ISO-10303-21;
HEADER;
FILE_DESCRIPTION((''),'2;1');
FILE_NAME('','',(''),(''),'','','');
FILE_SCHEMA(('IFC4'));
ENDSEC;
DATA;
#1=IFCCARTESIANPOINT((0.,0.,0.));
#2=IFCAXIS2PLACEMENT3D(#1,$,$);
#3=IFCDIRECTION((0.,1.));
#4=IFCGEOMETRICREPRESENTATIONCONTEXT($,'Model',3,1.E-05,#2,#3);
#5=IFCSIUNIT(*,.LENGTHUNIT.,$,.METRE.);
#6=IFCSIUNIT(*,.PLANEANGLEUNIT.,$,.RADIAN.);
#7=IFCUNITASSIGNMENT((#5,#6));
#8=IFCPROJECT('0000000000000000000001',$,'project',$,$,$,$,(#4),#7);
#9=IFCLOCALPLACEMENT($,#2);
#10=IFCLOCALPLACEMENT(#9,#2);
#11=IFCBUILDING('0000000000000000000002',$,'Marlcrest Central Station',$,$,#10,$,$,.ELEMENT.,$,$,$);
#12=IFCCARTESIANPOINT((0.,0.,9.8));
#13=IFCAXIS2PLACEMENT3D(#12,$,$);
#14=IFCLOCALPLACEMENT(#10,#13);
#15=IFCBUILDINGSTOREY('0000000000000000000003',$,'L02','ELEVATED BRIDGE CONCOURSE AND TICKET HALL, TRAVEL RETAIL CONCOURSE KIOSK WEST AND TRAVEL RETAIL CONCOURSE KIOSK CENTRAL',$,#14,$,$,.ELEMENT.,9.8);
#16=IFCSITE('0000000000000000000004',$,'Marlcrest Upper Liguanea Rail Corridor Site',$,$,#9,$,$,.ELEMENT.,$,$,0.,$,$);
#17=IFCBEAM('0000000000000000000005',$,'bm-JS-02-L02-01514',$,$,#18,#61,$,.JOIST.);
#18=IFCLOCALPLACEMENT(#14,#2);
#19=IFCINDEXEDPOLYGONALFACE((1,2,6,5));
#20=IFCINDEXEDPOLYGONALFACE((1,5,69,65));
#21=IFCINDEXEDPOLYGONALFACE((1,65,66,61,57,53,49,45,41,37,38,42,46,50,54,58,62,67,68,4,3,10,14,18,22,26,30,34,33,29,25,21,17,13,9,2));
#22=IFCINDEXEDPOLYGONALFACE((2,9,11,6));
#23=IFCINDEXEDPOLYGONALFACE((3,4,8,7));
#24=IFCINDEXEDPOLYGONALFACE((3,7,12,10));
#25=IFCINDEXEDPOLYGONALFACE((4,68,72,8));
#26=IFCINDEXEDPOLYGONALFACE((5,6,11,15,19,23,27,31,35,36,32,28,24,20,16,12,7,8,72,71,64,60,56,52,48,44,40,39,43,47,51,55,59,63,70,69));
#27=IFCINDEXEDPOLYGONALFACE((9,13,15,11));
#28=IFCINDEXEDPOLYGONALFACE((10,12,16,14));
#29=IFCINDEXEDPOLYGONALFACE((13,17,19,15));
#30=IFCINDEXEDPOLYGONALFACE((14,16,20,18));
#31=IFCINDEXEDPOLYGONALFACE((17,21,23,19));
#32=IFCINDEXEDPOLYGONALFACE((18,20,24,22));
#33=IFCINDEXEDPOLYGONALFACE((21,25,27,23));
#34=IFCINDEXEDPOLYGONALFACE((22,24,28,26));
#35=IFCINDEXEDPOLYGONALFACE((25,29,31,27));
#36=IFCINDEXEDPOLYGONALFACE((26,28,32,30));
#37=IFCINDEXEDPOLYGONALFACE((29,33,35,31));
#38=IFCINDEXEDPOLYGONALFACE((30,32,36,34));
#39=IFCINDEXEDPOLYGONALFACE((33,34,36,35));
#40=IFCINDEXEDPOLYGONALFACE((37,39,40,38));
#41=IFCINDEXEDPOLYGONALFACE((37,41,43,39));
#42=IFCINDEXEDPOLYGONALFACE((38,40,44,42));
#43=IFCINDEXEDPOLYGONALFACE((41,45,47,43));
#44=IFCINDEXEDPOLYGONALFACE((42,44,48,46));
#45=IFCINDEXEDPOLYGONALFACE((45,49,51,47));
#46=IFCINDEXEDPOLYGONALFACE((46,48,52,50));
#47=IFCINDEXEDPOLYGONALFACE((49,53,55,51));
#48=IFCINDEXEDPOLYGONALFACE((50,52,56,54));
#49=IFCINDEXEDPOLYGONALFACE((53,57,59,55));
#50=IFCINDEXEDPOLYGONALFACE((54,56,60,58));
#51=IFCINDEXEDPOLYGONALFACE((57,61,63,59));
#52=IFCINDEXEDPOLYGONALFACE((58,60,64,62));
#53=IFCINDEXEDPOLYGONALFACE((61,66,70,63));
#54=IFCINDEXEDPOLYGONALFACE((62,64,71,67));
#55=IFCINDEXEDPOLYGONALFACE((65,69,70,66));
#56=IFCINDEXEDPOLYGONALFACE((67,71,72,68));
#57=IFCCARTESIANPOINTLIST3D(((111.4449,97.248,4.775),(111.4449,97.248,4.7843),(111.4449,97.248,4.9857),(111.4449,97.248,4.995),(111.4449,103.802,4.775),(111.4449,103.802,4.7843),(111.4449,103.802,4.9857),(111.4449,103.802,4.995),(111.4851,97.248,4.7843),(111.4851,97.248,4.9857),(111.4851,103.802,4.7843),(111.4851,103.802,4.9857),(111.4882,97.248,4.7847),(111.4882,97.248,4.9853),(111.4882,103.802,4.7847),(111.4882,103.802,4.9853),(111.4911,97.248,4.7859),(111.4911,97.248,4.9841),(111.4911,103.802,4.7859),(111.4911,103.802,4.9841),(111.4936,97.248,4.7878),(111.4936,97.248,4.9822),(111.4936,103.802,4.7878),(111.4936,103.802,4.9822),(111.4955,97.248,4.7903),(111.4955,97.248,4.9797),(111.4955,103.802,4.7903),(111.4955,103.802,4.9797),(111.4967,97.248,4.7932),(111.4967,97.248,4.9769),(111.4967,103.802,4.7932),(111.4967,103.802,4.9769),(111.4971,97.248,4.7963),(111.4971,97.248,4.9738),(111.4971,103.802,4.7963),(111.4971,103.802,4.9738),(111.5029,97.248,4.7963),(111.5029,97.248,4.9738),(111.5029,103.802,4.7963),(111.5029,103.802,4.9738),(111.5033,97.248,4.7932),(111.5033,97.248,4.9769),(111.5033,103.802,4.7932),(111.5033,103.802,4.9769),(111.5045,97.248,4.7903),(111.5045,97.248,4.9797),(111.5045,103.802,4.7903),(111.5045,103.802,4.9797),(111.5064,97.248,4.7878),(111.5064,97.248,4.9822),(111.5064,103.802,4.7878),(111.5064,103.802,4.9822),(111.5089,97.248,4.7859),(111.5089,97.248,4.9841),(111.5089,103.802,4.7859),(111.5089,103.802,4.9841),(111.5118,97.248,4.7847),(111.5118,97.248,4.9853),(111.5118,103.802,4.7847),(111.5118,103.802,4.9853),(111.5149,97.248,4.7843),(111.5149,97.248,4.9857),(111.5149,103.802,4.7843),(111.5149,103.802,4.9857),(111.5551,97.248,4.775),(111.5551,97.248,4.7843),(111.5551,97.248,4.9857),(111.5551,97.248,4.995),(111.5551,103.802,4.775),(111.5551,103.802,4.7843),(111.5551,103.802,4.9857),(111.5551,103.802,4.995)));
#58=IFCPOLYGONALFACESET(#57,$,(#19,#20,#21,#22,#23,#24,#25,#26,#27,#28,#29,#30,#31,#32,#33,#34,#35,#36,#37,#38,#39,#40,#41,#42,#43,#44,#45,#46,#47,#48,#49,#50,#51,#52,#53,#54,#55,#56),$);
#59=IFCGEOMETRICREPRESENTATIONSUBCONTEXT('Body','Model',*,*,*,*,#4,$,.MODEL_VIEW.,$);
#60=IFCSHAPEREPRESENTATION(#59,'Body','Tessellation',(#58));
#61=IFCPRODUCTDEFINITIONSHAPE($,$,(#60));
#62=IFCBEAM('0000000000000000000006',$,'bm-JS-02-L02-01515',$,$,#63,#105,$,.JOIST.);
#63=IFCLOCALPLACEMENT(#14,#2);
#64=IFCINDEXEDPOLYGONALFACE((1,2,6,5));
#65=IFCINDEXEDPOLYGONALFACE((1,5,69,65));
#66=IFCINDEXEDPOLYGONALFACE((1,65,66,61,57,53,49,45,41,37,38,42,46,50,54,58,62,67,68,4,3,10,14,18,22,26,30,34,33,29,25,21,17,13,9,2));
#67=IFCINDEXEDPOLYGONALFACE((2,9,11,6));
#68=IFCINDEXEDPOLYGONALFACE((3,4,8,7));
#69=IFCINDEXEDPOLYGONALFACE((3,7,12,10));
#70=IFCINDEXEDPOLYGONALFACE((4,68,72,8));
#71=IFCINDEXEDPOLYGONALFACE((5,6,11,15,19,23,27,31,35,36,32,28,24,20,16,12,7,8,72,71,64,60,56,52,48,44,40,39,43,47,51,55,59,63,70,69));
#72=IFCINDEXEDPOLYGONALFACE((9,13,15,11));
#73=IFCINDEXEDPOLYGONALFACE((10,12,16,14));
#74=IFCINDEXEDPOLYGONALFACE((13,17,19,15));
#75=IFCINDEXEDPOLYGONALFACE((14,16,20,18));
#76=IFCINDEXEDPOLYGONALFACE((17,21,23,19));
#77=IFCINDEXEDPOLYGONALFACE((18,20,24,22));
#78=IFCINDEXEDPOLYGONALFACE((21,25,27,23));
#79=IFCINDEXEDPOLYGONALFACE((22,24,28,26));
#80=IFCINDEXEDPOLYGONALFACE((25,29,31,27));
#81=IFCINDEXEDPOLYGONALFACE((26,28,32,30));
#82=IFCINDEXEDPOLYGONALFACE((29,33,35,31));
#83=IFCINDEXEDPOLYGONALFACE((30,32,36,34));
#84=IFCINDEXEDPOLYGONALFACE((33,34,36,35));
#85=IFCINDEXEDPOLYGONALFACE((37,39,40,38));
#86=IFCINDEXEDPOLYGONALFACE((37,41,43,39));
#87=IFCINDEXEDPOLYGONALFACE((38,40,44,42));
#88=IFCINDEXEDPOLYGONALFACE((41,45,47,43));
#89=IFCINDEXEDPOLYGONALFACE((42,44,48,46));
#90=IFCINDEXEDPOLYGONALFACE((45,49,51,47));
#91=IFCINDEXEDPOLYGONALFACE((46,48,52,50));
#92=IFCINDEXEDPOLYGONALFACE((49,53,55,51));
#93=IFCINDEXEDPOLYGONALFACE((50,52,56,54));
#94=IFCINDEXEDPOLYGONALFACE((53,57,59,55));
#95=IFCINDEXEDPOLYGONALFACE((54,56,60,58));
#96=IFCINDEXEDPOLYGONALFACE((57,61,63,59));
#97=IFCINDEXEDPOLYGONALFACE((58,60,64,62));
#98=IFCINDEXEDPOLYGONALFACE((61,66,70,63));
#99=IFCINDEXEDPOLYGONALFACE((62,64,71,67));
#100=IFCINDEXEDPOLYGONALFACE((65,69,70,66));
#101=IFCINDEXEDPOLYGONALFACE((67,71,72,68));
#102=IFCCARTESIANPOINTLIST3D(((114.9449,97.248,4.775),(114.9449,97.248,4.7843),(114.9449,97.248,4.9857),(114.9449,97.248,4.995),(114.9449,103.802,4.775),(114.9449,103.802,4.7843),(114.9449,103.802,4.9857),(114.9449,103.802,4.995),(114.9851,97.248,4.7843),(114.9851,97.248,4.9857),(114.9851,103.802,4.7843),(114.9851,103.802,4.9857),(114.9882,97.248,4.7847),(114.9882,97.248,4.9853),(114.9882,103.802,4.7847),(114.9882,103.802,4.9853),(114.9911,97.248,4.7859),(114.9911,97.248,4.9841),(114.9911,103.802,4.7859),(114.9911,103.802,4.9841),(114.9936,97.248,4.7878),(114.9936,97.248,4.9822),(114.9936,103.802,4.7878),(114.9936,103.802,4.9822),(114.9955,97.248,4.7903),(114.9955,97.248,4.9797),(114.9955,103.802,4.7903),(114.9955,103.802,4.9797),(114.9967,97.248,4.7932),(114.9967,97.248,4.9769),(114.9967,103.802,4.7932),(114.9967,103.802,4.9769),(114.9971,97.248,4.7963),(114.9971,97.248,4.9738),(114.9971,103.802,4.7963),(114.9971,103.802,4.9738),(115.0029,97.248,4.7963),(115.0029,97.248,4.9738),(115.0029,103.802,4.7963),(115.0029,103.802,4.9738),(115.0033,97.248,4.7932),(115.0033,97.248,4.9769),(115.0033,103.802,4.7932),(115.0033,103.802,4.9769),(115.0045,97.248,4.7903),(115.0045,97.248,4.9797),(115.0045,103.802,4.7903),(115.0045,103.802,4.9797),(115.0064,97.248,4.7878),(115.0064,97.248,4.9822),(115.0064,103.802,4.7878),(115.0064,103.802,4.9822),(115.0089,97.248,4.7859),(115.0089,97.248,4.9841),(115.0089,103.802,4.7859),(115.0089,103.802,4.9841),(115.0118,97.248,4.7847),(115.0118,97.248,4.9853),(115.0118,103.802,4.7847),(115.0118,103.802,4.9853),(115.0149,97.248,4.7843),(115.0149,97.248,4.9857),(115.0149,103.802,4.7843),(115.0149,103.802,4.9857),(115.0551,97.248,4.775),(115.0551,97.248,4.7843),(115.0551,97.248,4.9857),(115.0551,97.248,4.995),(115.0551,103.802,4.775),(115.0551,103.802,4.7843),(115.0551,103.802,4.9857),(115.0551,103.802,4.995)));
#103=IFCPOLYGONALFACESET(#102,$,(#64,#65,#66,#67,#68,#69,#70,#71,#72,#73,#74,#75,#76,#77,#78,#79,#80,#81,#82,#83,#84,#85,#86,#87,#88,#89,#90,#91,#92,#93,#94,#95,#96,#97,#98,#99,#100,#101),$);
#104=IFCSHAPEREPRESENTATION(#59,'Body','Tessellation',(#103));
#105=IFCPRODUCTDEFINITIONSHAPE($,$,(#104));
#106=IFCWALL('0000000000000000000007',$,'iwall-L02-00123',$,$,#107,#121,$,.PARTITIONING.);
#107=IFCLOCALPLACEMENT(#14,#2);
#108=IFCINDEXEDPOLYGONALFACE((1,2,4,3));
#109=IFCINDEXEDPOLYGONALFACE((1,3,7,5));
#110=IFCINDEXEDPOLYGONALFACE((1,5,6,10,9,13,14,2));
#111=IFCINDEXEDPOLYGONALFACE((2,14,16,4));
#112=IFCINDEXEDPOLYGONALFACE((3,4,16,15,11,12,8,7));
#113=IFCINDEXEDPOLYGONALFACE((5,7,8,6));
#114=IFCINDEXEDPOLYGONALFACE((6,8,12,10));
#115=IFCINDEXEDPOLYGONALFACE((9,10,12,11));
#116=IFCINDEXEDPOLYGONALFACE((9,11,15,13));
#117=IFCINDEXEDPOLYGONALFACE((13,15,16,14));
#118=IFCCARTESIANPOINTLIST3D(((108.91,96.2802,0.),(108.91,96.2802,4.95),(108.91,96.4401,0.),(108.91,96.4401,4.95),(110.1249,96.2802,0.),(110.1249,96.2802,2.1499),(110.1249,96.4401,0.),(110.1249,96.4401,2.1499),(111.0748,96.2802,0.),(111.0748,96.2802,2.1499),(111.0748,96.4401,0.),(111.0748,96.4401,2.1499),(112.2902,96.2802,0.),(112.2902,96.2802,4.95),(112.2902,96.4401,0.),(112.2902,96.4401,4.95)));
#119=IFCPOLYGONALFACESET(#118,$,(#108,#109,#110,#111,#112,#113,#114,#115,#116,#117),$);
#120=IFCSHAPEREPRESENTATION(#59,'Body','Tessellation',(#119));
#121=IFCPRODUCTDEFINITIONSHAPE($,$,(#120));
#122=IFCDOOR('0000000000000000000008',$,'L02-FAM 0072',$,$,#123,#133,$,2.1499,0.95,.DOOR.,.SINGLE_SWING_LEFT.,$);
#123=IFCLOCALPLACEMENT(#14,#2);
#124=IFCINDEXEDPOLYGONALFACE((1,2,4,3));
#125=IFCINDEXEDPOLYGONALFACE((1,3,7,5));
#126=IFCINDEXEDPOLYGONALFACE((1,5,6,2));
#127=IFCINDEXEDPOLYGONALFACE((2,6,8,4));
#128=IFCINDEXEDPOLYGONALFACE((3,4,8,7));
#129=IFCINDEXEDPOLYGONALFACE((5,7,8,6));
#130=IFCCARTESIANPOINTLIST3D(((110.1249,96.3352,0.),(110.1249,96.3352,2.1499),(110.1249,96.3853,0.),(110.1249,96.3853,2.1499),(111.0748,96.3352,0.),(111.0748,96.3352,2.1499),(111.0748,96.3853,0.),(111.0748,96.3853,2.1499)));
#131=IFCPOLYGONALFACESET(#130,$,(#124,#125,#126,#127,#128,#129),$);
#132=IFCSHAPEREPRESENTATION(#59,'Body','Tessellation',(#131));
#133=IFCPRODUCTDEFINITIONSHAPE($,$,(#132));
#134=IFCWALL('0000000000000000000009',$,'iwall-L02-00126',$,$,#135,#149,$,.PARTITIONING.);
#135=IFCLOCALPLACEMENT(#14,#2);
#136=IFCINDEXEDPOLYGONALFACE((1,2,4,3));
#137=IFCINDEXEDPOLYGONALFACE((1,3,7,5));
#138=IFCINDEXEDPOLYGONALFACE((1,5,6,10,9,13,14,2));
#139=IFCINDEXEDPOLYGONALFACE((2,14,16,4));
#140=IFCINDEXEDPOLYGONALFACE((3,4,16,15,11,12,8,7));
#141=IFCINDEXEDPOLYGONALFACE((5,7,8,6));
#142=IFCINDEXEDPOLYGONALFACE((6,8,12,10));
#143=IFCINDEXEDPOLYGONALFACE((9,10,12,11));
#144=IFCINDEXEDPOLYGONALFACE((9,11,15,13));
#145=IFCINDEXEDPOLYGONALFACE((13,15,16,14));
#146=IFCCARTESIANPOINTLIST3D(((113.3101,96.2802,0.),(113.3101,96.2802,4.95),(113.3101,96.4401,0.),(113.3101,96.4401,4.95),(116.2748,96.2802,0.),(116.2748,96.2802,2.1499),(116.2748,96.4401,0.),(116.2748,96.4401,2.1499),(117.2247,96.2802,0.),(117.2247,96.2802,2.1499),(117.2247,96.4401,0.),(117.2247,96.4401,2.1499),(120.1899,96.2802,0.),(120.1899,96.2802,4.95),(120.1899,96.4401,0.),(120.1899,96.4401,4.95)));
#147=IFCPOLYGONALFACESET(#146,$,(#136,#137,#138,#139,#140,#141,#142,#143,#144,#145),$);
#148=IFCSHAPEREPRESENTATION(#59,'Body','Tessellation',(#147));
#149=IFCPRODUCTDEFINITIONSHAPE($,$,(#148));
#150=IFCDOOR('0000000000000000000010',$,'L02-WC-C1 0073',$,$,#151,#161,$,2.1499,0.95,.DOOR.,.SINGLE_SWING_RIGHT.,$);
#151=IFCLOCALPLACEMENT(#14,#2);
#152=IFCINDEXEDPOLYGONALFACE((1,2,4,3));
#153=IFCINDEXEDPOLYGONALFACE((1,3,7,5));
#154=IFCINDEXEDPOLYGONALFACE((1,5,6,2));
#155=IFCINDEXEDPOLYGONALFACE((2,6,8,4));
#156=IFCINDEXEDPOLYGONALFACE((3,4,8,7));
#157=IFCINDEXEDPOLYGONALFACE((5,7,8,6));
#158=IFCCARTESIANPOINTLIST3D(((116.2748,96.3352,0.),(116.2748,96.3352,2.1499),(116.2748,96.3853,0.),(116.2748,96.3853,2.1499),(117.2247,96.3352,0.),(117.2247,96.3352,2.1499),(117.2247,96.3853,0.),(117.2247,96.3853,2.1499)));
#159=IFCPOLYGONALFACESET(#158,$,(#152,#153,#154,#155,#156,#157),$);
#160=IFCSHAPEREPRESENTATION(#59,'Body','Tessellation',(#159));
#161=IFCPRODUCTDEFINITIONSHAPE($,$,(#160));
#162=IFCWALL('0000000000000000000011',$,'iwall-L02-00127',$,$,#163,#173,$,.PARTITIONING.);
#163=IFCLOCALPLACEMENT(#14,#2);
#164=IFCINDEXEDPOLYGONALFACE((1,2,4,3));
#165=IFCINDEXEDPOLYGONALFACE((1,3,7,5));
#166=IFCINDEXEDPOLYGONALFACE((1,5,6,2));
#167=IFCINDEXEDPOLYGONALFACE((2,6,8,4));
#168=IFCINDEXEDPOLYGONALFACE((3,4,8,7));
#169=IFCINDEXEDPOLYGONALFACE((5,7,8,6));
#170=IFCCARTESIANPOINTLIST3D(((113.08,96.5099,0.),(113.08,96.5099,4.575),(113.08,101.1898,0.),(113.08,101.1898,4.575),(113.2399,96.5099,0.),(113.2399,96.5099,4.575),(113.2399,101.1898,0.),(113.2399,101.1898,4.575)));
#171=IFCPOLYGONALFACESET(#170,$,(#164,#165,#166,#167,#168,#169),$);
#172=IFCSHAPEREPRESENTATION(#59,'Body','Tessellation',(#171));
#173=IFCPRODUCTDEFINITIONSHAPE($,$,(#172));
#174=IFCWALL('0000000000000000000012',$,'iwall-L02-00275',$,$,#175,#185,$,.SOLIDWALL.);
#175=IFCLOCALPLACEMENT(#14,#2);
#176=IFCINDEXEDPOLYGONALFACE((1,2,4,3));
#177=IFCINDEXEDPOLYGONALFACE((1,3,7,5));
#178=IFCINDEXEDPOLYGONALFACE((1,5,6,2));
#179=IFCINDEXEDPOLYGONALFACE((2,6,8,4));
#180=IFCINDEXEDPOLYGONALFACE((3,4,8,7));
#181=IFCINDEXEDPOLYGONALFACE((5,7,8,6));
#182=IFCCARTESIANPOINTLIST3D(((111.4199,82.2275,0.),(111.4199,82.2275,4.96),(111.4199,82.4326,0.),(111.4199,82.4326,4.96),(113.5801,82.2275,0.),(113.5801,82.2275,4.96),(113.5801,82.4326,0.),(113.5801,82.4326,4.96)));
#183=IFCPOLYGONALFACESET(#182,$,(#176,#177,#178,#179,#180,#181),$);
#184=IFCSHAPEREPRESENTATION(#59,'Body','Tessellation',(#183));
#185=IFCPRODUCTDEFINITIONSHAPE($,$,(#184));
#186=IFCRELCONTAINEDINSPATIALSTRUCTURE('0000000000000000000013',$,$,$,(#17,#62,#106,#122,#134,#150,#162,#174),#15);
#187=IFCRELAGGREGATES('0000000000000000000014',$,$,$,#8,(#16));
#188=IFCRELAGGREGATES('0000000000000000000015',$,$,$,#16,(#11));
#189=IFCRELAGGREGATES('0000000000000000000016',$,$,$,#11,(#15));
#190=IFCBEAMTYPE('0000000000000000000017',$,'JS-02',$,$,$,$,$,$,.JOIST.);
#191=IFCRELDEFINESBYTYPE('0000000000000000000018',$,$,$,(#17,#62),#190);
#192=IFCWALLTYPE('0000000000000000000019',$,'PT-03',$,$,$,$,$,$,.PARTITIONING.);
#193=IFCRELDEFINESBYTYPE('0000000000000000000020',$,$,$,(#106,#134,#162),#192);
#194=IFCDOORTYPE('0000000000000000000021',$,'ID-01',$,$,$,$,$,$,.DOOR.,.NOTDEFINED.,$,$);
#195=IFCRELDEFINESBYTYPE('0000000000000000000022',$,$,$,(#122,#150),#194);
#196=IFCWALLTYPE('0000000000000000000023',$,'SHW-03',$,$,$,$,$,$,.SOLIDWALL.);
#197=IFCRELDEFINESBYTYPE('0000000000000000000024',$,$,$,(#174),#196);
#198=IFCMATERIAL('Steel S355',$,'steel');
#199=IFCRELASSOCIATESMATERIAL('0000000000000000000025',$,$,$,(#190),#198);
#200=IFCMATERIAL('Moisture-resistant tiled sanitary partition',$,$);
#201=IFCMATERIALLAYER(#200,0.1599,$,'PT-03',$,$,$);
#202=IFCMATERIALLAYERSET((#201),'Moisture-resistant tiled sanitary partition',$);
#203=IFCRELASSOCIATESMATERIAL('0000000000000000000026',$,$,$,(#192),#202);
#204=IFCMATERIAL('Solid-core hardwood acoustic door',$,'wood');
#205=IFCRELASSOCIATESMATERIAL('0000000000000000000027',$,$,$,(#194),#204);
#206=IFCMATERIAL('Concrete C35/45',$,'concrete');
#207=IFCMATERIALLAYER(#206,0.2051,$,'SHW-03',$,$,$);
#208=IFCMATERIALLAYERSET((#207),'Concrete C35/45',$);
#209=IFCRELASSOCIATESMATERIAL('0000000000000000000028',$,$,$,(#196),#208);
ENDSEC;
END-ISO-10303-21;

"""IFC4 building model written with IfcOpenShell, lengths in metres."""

from ifc_helpers import new_model, si_unit, direction, frame, frame_2d, origin, origin_2d, place, context, subcontext, project, spatial, rectangle, i_section, extrude, material, layer, layer_set, material_profile, profile_set, type_object, element, fill, save


model = new_model("IFC4")

# Units and contexts
model_context = context("Model", 3, precision=1e-05, world=origin(), true_north=direction((0.0, 1.0)))
body_context = subcontext(model_context, "Body", "Model", "MODEL_VIEW")
ifc_project = project(units=[si_unit("LENGTHUNIT", "METRE"), si_unit("PLANEANGLEUNIT", "RADIAN")], contexts=[model_context])

# Site, building, storey
site_placement = place(None, origin())
site = spatial("IfcSite", under=ifc_project, at=site_placement, Name="Marlcrest Upper Liguanea Rail Corridor Site", CompositionType="ELEMENT", RefElevation=0.0)
building_placement = place(site_placement, origin())
building = spatial("IfcBuilding", under=site, at=building_placement, Name="Marlcrest Central Station", CompositionType="ELEMENT")
storey_placement = place(building_placement, frame((0.0, 0.0, 9.8)))
storey = spatial("IfcBuildingStorey", under=building, at=storey_placement, Name="L02", Description="ELEVATED BRIDGE CONCOURSE AND TICKET HALL, TRAVEL RETAIL CONCOURSE KIOSK WEST AND TRAVEL RETAIL CONCOURSE KIOSK CENTRAL", CompositionType="ELEMENT", Elevation=9.8)

# Shared definitions
ifc_material_1 = material(Name="Steel S355", Category="steel")

# Beams
ifc_material_profile_1 = material_profile(ifc_material_1, i_section(OverallWidth=0.1101, OverallDepth=0.22, WebThickness=0.0059, FlangeThickness=0.0093, FilletRadius=0.012, at=origin_2d()), Name="IPE 220")
ifc_profile_set_1 = profile_set([ifc_material_profile_1], Name="Steel S355")
beam_type_1 = type_object("IfcBeamType", Name="JS-02", PredefinedType="JOIST", material=ifc_profile_set_1)
for number, where, z_axis, x_axis, name in (
    (1, (111.5, 97.248, 4.885), (0.0, 1.0, 0.0), (-1.0, 0.0, 0.0), "bm-JS-02-L02-01514"),
    (2, (115.0, 97.248, 4.885), (0.0, 1.0, 0.0), (-1.0, 0.0, 0.0), "bm-JS-02-L02-01515"),
):
    element("IfcBeam", number, at=place(storey_placement, frame(where, z_axis=z_axis, x_axis=x_axis)), inside=storey, type_object=beam_type_1, Name=name, PredefinedType="JOIST", context=body_context, shape_type="SweptSolid", body=[
        extrude(i_section(OverallWidth=0.1101, OverallDepth=0.22, WebThickness=0.0059, FlangeThickness=0.0093, FilletRadius=0.012, at=origin_2d()), origin(), (0.0, 0.0, 1.0), 6.554),
    ])

# Walls, openings, doors
ifc_material_2 = material(Name="Moisture-resistant tiled sanitary partition")
ifc_layer_1 = layer(ifc_material_2, 0.1599, Name="PT-03")
ifc_layer_set_1 = layer_set([ifc_layer_1], Name="Moisture-resistant tiled sanitary partition")
wall_type_1 = type_object("IfcWallType", Name="PT-03", PredefinedType="PARTITIONING", material=ifc_layer_set_1)
wall_1_placement = place(storey_placement, frame((112.29, 96.3601, 0.0), z_axis=(0.0, 0.0, 1.0), x_axis=(-1.0, 0.0, 0.0)))
wall_1 = element("IfcWall", 3, at=wall_1_placement, inside=storey, type_object=wall_type_1, Name="iwall-L02-00123", PredefinedType="PARTITIONING", context=body_context, shape_type="SweptSolid", body=[
    extrude(rectangle(XDim=3.3801, YDim=0.1599, at=frame_2d((1.6899, 0.0))), origin(), (0.0, 0.0, 1.0), 4.95),
])
opening_1_placement = place(wall_1_placement, frame((1.2151, 0.0, 0.0)))
opening_1 = element("IfcOpeningElement", 4, at=opening_1_placement, cuts=wall_1, PredefinedType="OPENING", context=body_context, shape_type="SweptSolid", body=[
    extrude(rectangle(XDim=0.95, YDim=2.1499, at=frame_2d((0.4751, 1.075))), frame((0.0, 0.0898, 0.0), z_axis=(0.0, -1.0, 0.0), x_axis=(1.0, 0.0, 0.0)), (0.0, 0.0, 1.0), 0.1799),
])
ifc_material_3 = material(Name="Solid-core hardwood acoustic door", Category="wood")
door_type_1 = type_object("IfcDoorType", Name="ID-01", OperationType="NOTDEFINED", PredefinedType="DOOR", material=ifc_material_3)
door_1_placement = place(opening_1_placement, origin())
door_1 = element("IfcDoor", 5, at=door_1_placement, inside=storey, type_object=door_type_1, Name="L02-FAM 0072", OperationType="SINGLE_SWING_LEFT", OverallHeight=2.1499, OverallWidth=0.95, PredefinedType="DOOR", context=body_context, shape_type="SweptSolid", body=[
    extrude(rectangle(XDim=0.95, YDim=2.1499, at=frame_2d((0.4751, 1.075))), frame((0.0, 0.0249, 0.0), z_axis=(0.0, -1.0, 0.0), x_axis=(1.0, 0.0, 0.0)), (0.0, 0.0, 1.0), 0.05),
])
fill(opening_1, door_1)
wall_2_placement = place(storey_placement, frame((120.1899, 96.3601, 0.0), z_axis=(0.0, 0.0, 1.0), x_axis=(-1.0, 0.0, 0.0)))
wall_2 = element("IfcWall", 6, at=wall_2_placement, inside=storey, type_object=wall_type_1, Name="iwall-L02-00126", PredefinedType="PARTITIONING", context=body_context, shape_type="SweptSolid", body=[
    extrude(rectangle(XDim=6.8799, YDim=0.1599, at=frame_2d((3.4399, 0.0))), origin(), (0.0, 0.0, 1.0), 4.95),
])
opening_2_placement = place(wall_2_placement, frame((2.9651, 0.0, 0.0)))
opening_2 = element("IfcOpeningElement", 7, at=opening_2_placement, cuts=wall_2, PredefinedType="OPENING", context=body_context, shape_type="SweptSolid", body=[
    extrude(rectangle(XDim=0.95, YDim=2.1499, at=frame_2d((0.4751, 1.075))), frame((0.0, 0.0898, 0.0), z_axis=(0.0, -1.0, 0.0), x_axis=(1.0, 0.0, 0.0)), (0.0, 0.0, 1.0), 0.1799),
])
door_2_placement = place(opening_2_placement, origin())
door_2 = element("IfcDoor", 8, at=door_2_placement, inside=storey, type_object=door_type_1, Name="L02-WC-C1 0073", OperationType="SINGLE_SWING_RIGHT", OverallHeight=2.1499, OverallWidth=0.95, PredefinedType="DOOR", context=body_context, shape_type="SweptSolid", body=[
    extrude(rectangle(XDim=0.95, YDim=2.1499, at=frame_2d((0.4751, 1.075))), frame((0.0, 0.0249, 0.0), z_axis=(0.0, -1.0, 0.0), x_axis=(1.0, 0.0, 0.0)), (0.0, 0.0, 1.0), 0.05),
])
fill(opening_2, door_2)

# Walls
wall_3_placement = place(storey_placement, frame((113.1599, 96.51, 0.0), z_axis=(0.0, 0.0, 1.0), x_axis=(0.0, 1.0, 0.0)))
element("IfcWall", 9, at=wall_3_placement, inside=storey, type_object=wall_type_1, Name="iwall-L02-00127", PredefinedType="PARTITIONING", context=body_context, shape_type="SweptSolid", body=[
    extrude(rectangle(XDim=4.6799, YDim=0.1599, at=frame_2d((2.3398, 0.0))), origin(), (0.0, 0.0, 1.0), 4.575),
])
ifc_material_4 = material(Name="Concrete C35/45", Category="concrete")
ifc_layer_2 = layer(ifc_material_4, 0.2051, Name="SHW-03")
ifc_layer_set_2 = layer_set([ifc_layer_2], Name="Concrete C35/45")
wall_type_2 = type_object("IfcWallType", Name="SHW-03", PredefinedType="SOLIDWALL", material=ifc_layer_set_2)
wall_4_placement = place(storey_placement, frame((111.4199, 82.3301, 0.0), z_axis=(0.0, 0.0, 1.0), x_axis=(1.0, 0.0, 0.0)))
element("IfcWall", 10, at=wall_4_placement, inside=storey, type_object=wall_type_2, Name="iwall-L02-00275", PredefinedType="SOLIDWALL", context=body_context, shape_type="SweptSolid", body=[
    extrude(rectangle(XDim=2.1602, YDim=0.2051, at=frame_2d((1.0801, 0.0))), origin(), (0.0, 0.0, 1.0), 4.96),
])

save(model, "model.ifc")
